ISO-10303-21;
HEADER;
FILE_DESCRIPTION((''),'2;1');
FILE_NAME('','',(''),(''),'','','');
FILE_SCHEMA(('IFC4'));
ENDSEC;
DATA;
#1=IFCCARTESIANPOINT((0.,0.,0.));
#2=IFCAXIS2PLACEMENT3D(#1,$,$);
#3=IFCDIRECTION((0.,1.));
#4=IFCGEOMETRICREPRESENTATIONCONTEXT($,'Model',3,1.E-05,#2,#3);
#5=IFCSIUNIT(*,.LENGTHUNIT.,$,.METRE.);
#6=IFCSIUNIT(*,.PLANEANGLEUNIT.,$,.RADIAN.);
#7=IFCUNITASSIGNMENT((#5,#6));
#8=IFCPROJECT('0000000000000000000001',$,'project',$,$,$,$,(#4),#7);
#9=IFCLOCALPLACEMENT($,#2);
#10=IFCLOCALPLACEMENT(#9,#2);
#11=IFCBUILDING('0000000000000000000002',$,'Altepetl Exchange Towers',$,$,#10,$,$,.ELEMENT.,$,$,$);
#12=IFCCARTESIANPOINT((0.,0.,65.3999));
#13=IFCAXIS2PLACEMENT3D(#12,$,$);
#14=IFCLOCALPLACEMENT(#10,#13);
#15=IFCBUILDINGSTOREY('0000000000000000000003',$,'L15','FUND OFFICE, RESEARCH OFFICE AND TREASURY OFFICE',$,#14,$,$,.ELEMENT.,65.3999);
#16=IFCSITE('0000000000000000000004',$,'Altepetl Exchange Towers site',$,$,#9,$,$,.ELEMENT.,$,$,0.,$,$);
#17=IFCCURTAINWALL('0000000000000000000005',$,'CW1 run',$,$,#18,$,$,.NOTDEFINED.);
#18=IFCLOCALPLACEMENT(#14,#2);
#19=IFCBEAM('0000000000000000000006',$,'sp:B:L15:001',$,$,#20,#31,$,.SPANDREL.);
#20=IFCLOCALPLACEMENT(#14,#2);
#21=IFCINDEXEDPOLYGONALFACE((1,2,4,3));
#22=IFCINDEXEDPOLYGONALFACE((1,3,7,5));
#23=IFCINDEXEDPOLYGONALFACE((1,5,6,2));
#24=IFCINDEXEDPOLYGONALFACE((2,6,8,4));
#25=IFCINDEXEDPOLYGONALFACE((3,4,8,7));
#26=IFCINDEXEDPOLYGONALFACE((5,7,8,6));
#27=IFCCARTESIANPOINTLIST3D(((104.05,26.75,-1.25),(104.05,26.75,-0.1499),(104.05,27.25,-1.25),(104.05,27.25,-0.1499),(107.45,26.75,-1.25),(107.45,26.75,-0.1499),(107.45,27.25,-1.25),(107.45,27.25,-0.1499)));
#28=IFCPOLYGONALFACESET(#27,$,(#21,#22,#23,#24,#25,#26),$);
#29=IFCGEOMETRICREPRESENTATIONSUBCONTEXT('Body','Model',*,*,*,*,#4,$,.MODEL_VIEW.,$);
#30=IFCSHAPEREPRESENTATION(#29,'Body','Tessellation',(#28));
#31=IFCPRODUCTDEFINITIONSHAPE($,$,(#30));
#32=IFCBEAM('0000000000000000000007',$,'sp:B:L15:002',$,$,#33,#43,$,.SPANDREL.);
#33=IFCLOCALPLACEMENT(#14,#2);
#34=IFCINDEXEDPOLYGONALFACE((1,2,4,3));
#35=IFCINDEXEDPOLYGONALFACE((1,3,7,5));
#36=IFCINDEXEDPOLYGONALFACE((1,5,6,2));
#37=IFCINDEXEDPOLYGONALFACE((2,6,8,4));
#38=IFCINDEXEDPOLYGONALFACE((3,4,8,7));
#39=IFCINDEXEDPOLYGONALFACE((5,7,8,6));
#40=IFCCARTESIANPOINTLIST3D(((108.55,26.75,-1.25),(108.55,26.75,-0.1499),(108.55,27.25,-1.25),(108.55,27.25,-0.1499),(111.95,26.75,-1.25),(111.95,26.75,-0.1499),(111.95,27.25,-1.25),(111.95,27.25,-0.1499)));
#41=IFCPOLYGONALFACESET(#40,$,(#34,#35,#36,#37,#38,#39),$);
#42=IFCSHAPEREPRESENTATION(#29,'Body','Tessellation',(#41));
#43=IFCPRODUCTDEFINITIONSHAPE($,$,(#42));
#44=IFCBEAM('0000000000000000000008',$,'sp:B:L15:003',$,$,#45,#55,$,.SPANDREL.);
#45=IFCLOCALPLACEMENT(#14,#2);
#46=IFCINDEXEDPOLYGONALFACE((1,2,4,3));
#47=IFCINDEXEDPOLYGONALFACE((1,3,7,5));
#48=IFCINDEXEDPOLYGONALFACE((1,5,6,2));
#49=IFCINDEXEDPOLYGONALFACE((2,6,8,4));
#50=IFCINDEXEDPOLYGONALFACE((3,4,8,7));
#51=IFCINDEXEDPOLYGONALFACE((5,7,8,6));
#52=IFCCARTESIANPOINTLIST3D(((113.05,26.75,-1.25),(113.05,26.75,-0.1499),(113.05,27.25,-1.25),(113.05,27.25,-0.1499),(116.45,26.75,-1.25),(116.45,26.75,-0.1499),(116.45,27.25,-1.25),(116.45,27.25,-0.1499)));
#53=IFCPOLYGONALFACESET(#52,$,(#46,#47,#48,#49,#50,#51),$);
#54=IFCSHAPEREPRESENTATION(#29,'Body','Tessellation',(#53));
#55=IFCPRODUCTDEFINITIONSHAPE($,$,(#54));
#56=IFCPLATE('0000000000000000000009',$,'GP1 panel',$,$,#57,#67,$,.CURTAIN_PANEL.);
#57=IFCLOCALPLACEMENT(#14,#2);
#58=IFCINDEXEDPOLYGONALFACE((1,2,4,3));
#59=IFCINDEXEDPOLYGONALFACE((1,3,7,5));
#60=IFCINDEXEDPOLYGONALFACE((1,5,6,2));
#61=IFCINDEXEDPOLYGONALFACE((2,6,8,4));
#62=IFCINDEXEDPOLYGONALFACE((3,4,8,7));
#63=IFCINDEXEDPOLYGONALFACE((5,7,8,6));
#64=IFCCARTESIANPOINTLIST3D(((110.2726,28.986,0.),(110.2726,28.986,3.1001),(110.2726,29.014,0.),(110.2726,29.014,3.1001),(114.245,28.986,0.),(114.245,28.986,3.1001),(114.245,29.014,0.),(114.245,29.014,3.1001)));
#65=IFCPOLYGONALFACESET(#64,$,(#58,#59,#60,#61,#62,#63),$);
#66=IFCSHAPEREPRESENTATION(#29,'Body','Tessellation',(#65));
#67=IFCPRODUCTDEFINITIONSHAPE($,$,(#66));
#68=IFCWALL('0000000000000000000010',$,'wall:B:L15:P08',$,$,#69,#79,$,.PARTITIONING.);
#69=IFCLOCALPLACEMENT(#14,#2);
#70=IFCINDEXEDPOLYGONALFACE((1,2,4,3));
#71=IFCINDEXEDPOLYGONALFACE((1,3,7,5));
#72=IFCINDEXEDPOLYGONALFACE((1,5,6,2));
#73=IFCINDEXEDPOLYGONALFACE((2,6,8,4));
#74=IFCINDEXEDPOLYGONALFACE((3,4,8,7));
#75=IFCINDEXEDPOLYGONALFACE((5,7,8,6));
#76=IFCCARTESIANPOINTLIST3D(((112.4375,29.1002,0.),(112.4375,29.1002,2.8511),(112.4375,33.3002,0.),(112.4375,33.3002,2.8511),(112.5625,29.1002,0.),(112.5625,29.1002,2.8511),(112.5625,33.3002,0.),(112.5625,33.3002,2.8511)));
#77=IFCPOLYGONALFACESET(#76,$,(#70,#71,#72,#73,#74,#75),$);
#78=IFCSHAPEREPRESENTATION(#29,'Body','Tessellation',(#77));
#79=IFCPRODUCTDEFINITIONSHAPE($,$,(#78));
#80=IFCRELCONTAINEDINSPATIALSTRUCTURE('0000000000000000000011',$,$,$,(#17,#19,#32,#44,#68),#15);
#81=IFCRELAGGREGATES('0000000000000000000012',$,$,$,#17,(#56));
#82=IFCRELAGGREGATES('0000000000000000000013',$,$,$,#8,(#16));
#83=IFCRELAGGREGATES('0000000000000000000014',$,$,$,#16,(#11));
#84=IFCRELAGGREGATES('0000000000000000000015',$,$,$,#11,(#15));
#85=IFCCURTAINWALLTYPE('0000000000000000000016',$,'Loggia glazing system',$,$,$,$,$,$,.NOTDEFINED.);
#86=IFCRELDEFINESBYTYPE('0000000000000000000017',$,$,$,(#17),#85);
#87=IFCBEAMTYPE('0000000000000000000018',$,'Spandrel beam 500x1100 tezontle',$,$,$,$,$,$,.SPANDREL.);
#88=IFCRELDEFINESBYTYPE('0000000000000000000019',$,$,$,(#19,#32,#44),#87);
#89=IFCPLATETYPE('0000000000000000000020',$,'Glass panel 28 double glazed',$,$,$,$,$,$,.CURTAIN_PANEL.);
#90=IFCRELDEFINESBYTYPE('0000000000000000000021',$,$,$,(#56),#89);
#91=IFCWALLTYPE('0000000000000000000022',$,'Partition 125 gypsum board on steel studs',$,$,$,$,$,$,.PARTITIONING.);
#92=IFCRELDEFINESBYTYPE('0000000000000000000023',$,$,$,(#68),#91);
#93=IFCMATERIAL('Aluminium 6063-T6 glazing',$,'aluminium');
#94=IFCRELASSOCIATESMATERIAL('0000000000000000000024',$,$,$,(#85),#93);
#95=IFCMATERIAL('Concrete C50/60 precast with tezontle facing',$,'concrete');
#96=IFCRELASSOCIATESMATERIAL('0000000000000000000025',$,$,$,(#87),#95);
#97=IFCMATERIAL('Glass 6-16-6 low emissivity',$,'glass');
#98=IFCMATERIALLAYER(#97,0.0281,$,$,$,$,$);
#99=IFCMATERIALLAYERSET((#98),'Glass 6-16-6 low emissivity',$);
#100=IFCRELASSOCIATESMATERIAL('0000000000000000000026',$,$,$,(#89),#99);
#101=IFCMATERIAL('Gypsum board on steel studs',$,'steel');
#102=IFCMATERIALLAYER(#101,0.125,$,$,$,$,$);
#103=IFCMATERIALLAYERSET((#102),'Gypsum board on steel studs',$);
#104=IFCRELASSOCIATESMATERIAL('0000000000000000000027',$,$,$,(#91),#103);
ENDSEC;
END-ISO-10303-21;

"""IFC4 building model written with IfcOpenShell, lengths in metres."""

from ifc_helpers import new_model, si_unit, direction, frame, frame_2d, origin, origin_2d, place, context, subcontext, project, spatial, rectangle, extrude, material, layer, layer_set, material_profile, profile_set, type_object, element, aggregate, save


model = new_model("IFC4")

# Units and contexts
model_context = context("Model", 3, precision=1e-05, world=origin(), true_north=direction((0.0, 1.0)))
body_context = subcontext(model_context, "Body", "Model", "MODEL_VIEW")
ifc_project = project(units=[si_unit("LENGTHUNIT", "METRE"), si_unit("PLANEANGLEUNIT", "RADIAN")], contexts=[model_context])

# Site, building, storey
site_placement = place(None, origin())
site = spatial("IfcSite", under=ifc_project, at=site_placement, Name="Altepetl Exchange Towers site", CompositionType="ELEMENT", RefElevation=0.0)
building_placement = place(site_placement, origin())
building = spatial("IfcBuilding", under=site, at=building_placement, Name="Altepetl Exchange Towers", CompositionType="ELEMENT")
storey_placement = place(building_placement, frame((0.0, 0.0, 65.3999)))
storey = spatial("IfcBuildingStorey", under=building, at=storey_placement, Name="L15", Description="FUND OFFICE, RESEARCH OFFICE AND TREASURY OFFICE", CompositionType="ELEMENT", Elevation=65.3999)

# Shared definitions
ifc_material_1 = material(Name="Aluminium 6063-T6 glazing", Category="aluminium")
curtain_wall_type = type_object("IfcCurtainWallType", Name="Loggia glazing system", PredefinedType="NOTDEFINED", material=ifc_material_1)

# Curtain wall
curtain_wall_1_placement = place(storey_placement, origin())
curtain_wall_1 = element("IfcCurtainWall", 1, at=curtain_wall_1_placement, inside=storey, type_object=curtain_wall_type, Name="CW1 run", PredefinedType="NOTDEFINED")

# Beams
ifc_material_2 = material(Name="Concrete C50/60 precast with tezontle facing", Category="concrete")
ifc_material_profile_1 = material_profile(ifc_material_2, rectangle(XDim=0.5, YDim=1.1001, at=origin_2d()), Name="500 x 1100")
ifc_profile_set_1 = profile_set([ifc_material_profile_1], Name="Concrete C50/60 precast with tezontle facing")
beam_type_1 = type_object("IfcBeamType", Name="Spandrel beam 500x1100 tezontle", PredefinedType="SPANDREL", material=ifc_profile_set_1)
for number, where, z_axis, x_axis, name in (
    (2, (104.05, 27.0, -0.7), (1.0, 0.0, 0.0), (0.0, 1.0, 0.0), "sp:B:L15:001"),
    (3, (108.55, 27.0, -0.7), (1.0, 0.0, 0.0), (0.0, 1.0, 0.0), "sp:B:L15:002"),
    (4, (113.05, 27.0, -0.7), (1.0, 0.0, 0.0), (0.0, 1.0, 0.0), "sp:B:L15:003"),
):
    element("IfcBeam", number, at=place(storey_placement, frame(where, z_axis=z_axis, x_axis=x_axis)), inside=storey, type_object=beam_type_1, Name=name, PredefinedType="SPANDREL", context=body_context, shape_type="SweptSolid", body=[
        extrude(rectangle(XDim=0.5, YDim=1.1001, at=origin_2d()), origin(), (0.0, 0.0, 1.0), 3.3999),
    ])

# Plate
ifc_material_3 = material(Name="Glass 6-16-6 low emissivity", Category="glass")
ifc_layer_1 = layer(ifc_material_3, 0.0281)
ifc_layer_set_1 = layer_set([ifc_layer_1], Name="Glass 6-16-6 low emissivity")
plate_type = type_object("IfcPlateType", Name="Glass panel 28 double glazed", PredefinedType="CURTAIN_PANEL", material=ifc_layer_set_1)
plate_placement = place(storey_placement, frame((112.2588, 29.0, 0.0)))
plate = element("IfcPlate", 5, at=plate_placement, type_object=plate_type, Name="GP1 panel", PredefinedType="CURTAIN_PANEL", context=body_context, shape_type="SweptSolid", body=[
    extrude(rectangle(XDim=3.9724, YDim=0.0281, at=origin_2d()), origin(), (0.0, 0.0, 1.0), 3.1001),
])
aggregate(curtain_wall_1, [plate])

# Wall
ifc_material_4 = material(Name="Gypsum board on steel studs", Category="steel")
ifc_layer_2 = layer(ifc_material_4, 0.125)
ifc_layer_set_2 = layer_set([ifc_layer_2], Name="Gypsum board on steel studs")
wall_type_1 = type_object("IfcWallType", Name="Partition 125 gypsum board on steel studs", PredefinedType="PARTITIONING", material=ifc_layer_set_2)
wall_1_placement = place(storey_placement, frame((112.5, 29.1001, 0.0), z_axis=(0.0, 0.0, 1.0), x_axis=(0.0, 1.0, 0.0)))
element("IfcWall", 6, at=wall_1_placement, inside=storey, type_object=wall_type_1, Name="wall:B:L15:P08", PredefinedType="PARTITIONING", context=body_context, shape_type="SweptSolid", body=[
    extrude(rectangle(XDim=4.2, YDim=0.125, at=frame_2d((2.1001, 0.0))), origin(), (0.0, 0.0, 1.0), 2.8511),
])

save(model, "model.ifc")
